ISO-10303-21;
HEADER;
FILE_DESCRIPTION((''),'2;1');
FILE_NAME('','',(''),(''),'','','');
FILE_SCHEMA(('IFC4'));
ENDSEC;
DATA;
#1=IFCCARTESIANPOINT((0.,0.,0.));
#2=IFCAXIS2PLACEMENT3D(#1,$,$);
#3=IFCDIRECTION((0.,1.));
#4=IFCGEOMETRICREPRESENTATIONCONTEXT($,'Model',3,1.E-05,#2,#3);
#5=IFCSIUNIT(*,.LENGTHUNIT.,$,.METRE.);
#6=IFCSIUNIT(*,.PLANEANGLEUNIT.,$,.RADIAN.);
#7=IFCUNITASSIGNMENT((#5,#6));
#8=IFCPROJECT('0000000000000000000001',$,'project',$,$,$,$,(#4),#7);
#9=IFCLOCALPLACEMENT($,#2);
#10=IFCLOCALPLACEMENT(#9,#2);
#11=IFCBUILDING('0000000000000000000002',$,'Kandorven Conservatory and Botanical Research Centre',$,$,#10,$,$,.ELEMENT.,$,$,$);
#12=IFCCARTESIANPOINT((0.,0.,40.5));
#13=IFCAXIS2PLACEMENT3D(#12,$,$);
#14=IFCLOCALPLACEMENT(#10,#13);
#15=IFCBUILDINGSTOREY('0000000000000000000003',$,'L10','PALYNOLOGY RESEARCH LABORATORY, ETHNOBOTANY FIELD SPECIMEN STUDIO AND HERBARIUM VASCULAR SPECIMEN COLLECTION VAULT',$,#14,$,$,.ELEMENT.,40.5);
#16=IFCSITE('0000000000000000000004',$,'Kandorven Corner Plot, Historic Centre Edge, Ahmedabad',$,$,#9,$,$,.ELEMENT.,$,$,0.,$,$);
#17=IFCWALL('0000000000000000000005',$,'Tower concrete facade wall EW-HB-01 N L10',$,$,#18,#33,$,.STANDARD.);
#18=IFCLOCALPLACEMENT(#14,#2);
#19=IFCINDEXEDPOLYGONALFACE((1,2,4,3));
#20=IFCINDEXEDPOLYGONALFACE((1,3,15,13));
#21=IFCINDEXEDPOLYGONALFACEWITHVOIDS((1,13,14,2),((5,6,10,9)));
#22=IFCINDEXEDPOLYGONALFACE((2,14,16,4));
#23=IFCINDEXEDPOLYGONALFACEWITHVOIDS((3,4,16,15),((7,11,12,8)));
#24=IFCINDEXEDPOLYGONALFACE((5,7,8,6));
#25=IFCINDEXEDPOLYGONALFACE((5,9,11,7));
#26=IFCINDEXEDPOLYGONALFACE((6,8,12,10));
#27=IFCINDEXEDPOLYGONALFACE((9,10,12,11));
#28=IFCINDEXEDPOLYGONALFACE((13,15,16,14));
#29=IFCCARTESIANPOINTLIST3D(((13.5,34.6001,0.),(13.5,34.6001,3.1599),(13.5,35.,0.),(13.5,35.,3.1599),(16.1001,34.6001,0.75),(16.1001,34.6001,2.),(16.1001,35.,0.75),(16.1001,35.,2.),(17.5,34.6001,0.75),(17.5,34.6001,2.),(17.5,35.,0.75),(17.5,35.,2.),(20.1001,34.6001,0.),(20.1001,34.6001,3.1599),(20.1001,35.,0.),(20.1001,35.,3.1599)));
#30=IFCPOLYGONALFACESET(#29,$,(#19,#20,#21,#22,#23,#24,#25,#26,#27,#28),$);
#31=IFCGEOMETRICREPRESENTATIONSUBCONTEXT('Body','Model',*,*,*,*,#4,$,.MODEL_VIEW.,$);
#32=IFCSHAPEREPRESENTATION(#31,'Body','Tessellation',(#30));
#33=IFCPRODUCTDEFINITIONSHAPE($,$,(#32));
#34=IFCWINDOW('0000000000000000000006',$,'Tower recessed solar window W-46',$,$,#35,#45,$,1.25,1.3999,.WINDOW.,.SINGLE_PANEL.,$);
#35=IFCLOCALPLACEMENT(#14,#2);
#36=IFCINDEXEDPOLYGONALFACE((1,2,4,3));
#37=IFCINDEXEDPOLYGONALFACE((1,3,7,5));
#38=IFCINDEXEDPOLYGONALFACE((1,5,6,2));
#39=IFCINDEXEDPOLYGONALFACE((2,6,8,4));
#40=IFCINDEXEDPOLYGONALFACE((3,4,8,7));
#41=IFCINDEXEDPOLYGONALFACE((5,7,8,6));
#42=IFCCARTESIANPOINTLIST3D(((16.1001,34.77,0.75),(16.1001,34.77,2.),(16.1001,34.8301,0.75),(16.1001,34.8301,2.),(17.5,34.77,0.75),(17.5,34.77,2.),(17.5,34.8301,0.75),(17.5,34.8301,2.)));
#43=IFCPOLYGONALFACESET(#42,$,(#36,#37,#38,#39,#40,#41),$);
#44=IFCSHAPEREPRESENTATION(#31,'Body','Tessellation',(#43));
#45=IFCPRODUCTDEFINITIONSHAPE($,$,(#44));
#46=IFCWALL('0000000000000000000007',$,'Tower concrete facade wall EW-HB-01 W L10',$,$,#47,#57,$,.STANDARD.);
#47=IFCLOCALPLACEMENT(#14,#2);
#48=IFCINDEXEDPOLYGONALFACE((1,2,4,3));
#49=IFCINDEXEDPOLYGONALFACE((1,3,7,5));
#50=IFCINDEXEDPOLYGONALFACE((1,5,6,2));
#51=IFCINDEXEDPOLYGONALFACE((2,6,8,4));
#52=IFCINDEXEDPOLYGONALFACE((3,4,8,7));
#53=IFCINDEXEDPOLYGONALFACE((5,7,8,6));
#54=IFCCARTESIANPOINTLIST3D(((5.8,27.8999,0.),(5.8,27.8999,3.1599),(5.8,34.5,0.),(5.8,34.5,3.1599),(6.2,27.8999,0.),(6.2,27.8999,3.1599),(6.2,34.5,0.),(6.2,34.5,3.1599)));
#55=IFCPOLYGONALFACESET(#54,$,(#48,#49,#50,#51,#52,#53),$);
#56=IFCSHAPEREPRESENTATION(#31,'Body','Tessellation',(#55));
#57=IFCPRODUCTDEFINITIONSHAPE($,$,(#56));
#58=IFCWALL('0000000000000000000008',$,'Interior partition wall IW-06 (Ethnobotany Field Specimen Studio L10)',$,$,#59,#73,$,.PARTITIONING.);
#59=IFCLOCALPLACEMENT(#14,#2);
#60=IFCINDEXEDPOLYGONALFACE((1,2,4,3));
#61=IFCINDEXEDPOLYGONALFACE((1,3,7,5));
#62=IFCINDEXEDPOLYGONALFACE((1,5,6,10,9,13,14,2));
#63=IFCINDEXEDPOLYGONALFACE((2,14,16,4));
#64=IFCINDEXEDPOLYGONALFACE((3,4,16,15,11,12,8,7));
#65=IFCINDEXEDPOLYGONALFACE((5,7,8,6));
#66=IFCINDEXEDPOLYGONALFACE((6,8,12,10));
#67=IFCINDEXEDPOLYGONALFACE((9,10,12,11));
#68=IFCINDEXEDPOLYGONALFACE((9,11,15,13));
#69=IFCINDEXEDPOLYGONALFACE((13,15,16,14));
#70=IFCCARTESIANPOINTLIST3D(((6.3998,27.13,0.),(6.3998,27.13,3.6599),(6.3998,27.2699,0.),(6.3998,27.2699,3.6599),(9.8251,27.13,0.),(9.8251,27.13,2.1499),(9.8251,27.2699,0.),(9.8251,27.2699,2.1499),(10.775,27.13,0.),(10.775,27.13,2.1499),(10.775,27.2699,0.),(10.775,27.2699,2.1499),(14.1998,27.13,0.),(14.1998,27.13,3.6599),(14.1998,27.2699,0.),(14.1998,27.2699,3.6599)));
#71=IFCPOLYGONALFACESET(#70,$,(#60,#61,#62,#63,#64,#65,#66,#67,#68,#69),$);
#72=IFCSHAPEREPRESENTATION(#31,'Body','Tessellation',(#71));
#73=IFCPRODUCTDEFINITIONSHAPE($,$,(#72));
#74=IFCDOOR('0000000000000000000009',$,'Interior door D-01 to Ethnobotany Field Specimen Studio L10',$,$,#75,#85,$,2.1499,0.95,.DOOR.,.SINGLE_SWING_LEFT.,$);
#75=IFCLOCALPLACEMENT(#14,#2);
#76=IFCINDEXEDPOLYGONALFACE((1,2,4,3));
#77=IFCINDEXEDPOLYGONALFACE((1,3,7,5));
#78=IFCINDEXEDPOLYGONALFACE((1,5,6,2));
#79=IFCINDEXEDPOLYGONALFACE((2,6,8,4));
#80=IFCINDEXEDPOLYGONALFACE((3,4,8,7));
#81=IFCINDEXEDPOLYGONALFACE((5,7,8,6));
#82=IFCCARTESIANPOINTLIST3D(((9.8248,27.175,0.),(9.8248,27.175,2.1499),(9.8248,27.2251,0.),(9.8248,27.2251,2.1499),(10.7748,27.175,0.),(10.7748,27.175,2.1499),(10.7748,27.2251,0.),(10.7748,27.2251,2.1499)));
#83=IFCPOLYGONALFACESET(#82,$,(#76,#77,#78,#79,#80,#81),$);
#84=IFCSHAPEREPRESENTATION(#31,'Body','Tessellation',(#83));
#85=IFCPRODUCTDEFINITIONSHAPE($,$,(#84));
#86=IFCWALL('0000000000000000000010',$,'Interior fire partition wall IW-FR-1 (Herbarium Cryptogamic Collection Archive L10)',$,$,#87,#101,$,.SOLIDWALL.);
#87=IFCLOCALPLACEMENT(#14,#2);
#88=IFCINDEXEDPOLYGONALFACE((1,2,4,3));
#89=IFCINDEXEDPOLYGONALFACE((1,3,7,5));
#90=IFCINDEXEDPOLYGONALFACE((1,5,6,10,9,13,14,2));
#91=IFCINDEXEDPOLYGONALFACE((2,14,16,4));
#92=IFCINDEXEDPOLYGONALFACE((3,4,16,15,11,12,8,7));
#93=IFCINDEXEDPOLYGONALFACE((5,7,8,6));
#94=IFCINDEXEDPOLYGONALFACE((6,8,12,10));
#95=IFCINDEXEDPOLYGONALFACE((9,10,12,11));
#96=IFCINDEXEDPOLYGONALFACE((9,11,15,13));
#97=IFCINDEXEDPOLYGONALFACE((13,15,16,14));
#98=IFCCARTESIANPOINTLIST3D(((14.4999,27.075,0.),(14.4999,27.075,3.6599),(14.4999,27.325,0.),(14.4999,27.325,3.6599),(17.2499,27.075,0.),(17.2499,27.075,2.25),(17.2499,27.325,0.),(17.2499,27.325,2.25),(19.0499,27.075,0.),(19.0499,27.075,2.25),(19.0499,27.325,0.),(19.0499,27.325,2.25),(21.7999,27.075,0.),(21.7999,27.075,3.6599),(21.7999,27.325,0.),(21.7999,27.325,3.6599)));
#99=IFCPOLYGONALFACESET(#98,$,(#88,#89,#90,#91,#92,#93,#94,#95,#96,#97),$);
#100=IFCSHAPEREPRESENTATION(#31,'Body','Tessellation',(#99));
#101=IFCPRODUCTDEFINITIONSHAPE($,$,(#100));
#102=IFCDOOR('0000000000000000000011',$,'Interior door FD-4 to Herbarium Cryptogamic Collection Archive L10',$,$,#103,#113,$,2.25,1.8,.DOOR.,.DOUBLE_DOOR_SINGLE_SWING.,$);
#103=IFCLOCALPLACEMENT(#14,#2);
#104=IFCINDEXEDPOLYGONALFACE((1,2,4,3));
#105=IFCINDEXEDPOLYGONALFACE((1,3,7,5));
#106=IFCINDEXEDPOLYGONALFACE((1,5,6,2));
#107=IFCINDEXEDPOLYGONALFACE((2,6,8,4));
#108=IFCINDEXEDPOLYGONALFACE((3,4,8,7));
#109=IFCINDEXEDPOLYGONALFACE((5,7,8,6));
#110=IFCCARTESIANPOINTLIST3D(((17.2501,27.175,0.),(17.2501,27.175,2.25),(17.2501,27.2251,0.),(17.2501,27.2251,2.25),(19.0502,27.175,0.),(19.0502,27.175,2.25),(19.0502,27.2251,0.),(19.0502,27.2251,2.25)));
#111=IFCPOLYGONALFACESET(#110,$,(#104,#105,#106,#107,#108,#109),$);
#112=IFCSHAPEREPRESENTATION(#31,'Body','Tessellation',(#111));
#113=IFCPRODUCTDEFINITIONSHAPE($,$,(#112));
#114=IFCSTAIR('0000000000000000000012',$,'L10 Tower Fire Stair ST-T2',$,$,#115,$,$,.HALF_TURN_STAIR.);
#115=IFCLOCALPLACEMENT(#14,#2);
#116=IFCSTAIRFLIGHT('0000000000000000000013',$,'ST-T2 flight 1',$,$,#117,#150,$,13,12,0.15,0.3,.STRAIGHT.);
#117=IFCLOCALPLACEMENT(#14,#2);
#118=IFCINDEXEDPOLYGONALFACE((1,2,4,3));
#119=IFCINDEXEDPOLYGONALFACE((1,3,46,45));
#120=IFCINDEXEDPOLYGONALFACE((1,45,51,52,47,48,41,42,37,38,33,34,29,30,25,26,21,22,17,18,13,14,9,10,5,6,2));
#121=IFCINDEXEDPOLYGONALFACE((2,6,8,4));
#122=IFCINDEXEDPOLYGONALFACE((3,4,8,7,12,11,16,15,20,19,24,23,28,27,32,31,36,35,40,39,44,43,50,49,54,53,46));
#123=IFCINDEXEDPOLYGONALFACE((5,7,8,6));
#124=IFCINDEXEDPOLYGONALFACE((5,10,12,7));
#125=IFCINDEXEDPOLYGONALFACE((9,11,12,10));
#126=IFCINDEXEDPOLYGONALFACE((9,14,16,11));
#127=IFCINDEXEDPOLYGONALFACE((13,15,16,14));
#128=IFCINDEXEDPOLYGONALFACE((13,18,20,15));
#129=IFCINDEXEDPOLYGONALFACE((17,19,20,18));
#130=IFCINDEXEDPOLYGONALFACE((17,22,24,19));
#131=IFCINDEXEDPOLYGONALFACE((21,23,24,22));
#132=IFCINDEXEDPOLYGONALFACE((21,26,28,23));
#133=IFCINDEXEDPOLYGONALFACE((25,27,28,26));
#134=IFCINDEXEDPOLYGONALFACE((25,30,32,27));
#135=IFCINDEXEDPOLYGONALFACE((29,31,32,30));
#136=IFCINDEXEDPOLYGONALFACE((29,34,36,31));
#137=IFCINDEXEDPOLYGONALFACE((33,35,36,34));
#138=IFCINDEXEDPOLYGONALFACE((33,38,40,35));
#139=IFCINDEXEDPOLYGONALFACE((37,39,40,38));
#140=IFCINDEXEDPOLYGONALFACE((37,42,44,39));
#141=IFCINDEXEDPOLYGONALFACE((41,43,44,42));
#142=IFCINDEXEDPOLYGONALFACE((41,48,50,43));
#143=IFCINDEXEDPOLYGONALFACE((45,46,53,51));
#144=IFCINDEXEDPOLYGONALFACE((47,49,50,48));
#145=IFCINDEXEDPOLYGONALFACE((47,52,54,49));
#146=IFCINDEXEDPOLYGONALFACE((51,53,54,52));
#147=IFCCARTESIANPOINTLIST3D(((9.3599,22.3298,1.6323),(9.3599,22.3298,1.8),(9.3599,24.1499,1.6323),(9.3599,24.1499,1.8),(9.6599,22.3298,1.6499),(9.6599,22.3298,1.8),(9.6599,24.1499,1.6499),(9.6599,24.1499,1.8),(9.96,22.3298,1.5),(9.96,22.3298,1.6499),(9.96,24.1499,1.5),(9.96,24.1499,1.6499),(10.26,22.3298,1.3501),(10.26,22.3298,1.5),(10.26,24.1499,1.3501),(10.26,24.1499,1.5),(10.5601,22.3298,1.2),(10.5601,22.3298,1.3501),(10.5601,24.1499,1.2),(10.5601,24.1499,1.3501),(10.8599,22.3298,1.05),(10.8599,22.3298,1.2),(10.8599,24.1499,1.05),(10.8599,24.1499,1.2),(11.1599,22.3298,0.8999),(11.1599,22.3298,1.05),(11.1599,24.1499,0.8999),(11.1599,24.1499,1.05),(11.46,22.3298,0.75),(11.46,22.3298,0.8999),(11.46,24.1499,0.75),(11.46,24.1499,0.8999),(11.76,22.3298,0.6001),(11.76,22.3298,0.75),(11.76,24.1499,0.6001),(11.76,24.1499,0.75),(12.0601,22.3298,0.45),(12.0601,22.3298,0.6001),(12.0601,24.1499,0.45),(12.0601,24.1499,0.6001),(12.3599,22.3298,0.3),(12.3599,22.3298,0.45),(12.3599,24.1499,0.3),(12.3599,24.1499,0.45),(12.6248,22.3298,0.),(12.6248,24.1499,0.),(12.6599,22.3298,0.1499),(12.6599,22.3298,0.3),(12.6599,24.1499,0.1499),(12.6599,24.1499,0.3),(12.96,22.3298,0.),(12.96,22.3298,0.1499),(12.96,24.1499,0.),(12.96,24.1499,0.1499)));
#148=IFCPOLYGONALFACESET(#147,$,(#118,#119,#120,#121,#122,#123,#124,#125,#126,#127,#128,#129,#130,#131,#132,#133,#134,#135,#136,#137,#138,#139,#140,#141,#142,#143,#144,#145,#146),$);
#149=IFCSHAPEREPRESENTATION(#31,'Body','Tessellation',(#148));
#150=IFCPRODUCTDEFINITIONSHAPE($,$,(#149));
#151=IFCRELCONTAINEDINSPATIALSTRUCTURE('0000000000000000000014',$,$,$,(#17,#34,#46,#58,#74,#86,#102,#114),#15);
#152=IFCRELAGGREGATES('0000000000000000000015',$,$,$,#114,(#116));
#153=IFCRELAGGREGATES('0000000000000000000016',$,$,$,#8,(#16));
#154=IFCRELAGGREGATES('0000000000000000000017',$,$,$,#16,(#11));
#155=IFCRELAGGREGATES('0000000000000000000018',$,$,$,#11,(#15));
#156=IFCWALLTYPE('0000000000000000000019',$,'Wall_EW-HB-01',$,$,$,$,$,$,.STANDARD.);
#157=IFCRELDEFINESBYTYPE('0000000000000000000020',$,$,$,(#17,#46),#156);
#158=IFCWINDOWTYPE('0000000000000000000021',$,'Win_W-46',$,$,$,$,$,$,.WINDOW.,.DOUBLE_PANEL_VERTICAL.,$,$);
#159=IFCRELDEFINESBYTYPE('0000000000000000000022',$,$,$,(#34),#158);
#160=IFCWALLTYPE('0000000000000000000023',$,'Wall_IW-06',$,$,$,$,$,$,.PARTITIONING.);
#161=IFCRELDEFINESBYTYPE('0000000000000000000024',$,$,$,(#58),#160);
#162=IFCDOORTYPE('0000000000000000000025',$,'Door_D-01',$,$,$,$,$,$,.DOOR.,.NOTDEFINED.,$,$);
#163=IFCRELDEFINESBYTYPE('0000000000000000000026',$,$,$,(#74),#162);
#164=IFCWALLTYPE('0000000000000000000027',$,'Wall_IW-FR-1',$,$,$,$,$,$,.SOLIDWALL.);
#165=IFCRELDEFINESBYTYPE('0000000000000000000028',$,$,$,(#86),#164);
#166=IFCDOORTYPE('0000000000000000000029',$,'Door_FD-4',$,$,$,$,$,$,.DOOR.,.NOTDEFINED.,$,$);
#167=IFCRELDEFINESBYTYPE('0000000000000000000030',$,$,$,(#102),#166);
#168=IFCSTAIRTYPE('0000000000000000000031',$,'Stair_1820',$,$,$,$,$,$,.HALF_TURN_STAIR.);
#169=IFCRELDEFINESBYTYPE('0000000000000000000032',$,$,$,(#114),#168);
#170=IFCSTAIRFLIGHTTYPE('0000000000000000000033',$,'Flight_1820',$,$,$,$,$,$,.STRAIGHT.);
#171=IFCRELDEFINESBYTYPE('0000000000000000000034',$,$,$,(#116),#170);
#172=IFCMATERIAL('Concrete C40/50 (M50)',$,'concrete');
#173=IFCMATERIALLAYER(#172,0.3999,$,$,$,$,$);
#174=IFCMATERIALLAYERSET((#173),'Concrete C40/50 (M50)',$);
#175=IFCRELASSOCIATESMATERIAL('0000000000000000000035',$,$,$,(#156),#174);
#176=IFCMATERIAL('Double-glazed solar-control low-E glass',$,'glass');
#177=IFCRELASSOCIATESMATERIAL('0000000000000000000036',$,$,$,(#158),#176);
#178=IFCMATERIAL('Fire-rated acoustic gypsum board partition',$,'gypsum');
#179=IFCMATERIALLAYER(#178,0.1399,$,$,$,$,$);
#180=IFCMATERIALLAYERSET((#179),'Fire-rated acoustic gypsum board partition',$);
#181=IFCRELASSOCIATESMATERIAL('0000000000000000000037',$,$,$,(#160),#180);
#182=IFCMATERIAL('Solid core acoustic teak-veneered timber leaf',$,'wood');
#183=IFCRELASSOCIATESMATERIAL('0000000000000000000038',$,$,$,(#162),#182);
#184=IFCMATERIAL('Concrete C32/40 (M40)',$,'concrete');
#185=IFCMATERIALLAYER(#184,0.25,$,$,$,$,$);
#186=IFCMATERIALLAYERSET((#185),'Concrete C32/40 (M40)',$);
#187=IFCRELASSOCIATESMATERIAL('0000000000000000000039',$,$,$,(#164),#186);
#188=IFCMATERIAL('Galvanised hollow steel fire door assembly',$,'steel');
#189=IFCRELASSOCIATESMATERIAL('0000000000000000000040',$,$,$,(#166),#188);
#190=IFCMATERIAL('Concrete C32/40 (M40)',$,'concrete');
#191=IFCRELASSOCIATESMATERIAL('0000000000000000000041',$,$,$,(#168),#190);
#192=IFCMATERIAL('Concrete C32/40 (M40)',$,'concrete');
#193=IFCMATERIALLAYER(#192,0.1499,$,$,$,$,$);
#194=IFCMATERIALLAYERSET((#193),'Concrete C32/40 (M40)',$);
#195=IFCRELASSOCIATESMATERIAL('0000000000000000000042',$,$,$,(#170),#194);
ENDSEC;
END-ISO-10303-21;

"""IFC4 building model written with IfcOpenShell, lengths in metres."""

from ifc_helpers import new_model, si_unit, direction, frame, frame_2d, origin, place, context, subcontext, project, spatial, polyline, rectangle, outline, extrude, material, layer, layer_set, type_object, element, fill, aggregate, save


model = new_model("IFC4")

# Units and contexts
model_context = context("Model", 3, precision=1e-05, world=origin(), true_north=direction((0.0, 1.0)))
body_context = subcontext(model_context, "Body", "Model", "MODEL_VIEW")
ifc_project = project(units=[si_unit("LENGTHUNIT", "METRE"), si_unit("PLANEANGLEUNIT", "RADIAN")], contexts=[model_context])

# Site, building, storey
site_placement = place(None, origin())
site = spatial("IfcSite", under=ifc_project, at=site_placement, Name="Kandorven Corner Plot, Historic Centre Edge, Ahmedabad", CompositionType="ELEMENT", RefElevation=0.0)
building_placement = place(site_placement, origin())
building = spatial("IfcBuilding", under=site, at=building_placement, Name="Kandorven Conservatory and Botanical Research Centre", CompositionType="ELEMENT")
storey_placement = place(building_placement, frame((0.0, 0.0, 40.5)))
storey = spatial("IfcBuildingStorey", under=building, at=storey_placement, Name="L10", Description="PALYNOLOGY RESEARCH LABORATORY, ETHNOBOTANY FIELD SPECIMEN STUDIO AND HERBARIUM VASCULAR SPECIMEN COLLECTION VAULT", CompositionType="ELEMENT", Elevation=40.5)

# Wall, opening, window
ifc_material_1 = material(Name="Concrete C40/50 (M50)", Category="concrete")
ifc_layer_1 = layer(ifc_material_1, 0.3999)
ifc_layer_set_1 = layer_set([ifc_layer_1], Name="Concrete C40/50 (M50)")
wall_type_1 = type_object("IfcWallType", Name="Wall_EW-HB-01", PredefinedType="STANDARD", material=ifc_layer_set_1)
wall_1_placement = place(storey_placement, frame((13.5, 34.8, 0.0), z_axis=(0.0, 0.0, 1.0), x_axis=(1.0, 0.0, 0.0)))
wall_1 = element("IfcWall", 1, at=wall_1_placement, inside=storey, type_object=wall_type_1, Name="Tower concrete facade wall EW-HB-01 N L10", PredefinedType="STANDARD", context=body_context, shape_type="SweptSolid", body=[
    extrude(rectangle(XDim=6.6001, YDim=0.3999, at=frame_2d((3.3, 0.0))), origin(), (0.0, 0.0, 1.0), 3.1599),
])
opening_1_placement = place(wall_1_placement, frame((2.6001, 0.0, 0.75)))
opening_1 = element("IfcOpeningElement", 2, at=opening_1_placement, cuts=wall_1, PredefinedType="OPENING", context=body_context, shape_type="SweptSolid", body=[
    extrude(rectangle(XDim=1.3999, YDim=1.25, at=frame_2d((0.7, 0.625))), frame((0.0, 0.21, 0.0), z_axis=(0.0, -1.0, 0.0), x_axis=(1.0, 0.0, 0.0)), (0.0, 0.0, 1.0), 0.4199),
])
ifc_material_2 = material(Name="Double-glazed solar-control low-E glass", Category="glass")
window_type_1 = type_object("IfcWindowType", Name="Win_W-46", PartitioningType="DOUBLE_PANEL_VERTICAL", PredefinedType="WINDOW", material=ifc_material_2)
window_1_placement = place(opening_1_placement, origin())
window_1 = element("IfcWindow", 3, at=window_1_placement, inside=storey, type_object=window_type_1, Name="Tower recessed solar window W-46", OverallHeight=1.25, OverallWidth=1.3999, PartitioningType="SINGLE_PANEL", PredefinedType="WINDOW", context=body_context, shape_type="SweptSolid", body=[
    extrude(rectangle(XDim=1.3999, YDim=1.25, at=frame_2d((0.7, 0.625))), frame((0.0, 0.03, 0.0), z_axis=(0.0, -1.0, 0.0), x_axis=(1.0, 0.0, 0.0)), (0.0, 0.0, 1.0), 0.0601),
])
fill(opening_1, window_1)

# Wall
wall_2_placement = place(storey_placement, frame((6.0, 27.8999, 0.0), z_axis=(0.0, 0.0, 1.0), x_axis=(0.0, 1.0, 0.0)))
element("IfcWall", 4, at=wall_2_placement, inside=storey, type_object=wall_type_1, Name="Tower concrete facade wall EW-HB-01 W L10", PredefinedType="STANDARD", context=body_context, shape_type="SweptSolid", body=[
    extrude(rectangle(XDim=6.6001, YDim=0.3999, at=frame_2d((3.3, 0.0))), origin(), (0.0, 0.0, 1.0), 3.1599),
])

# Walls, openings, doors
ifc_material_3 = material(Name="Fire-rated acoustic gypsum board partition", Category="gypsum")
ifc_layer_2 = layer(ifc_material_3, 0.1399)
ifc_layer_set_2 = layer_set([ifc_layer_2], Name="Fire-rated acoustic gypsum board partition")
wall_type_2 = type_object("IfcWallType", Name="Wall_IW-06", PredefinedType="PARTITIONING", material=ifc_layer_set_2)
wall_3_placement = place(storey_placement, frame((6.3999, 27.2, 0.0), z_axis=(0.0, 0.0, 1.0), x_axis=(1.0, 0.0, 0.0)))
wall_3 = element("IfcWall", 5, at=wall_3_placement, inside=storey, type_object=wall_type_2, Name="Interior partition wall IW-06 (Ethnobotany Field Specimen Studio L10)", PredefinedType="PARTITIONING", context=body_context, shape_type="SweptSolid", body=[
    extrude(rectangle(XDim=7.8, YDim=0.1399, at=frame_2d((3.8999, 0.0))), origin(), (0.0, 0.0, 1.0), 3.6599),
])
opening_2_placement = place(wall_3_placement, frame((3.425, 0.0, 0.0)))
opening_2 = element("IfcOpeningElement", 6, at=opening_2_placement, cuts=wall_3, PredefinedType="OPENING", context=body_context, shape_type="SweptSolid", body=[
    extrude(rectangle(XDim=0.95, YDim=2.1499, at=frame_2d((0.4751, 1.075))), frame((0.0, 0.0798, 0.0), z_axis=(0.0, -1.0, 0.0), x_axis=(1.0, 0.0, 0.0)), (0.0, 0.0, 1.0), 0.1599),
])
ifc_material_4 = material(Name="Solid core acoustic teak-veneered timber leaf", Category="wood")
door_type_1 = type_object("IfcDoorType", Name="Door_D-01", OperationType="NOTDEFINED", PredefinedType="DOOR", material=ifc_material_4)
door_1_placement = place(opening_2_placement, frame((0.95, 0.0, 0.0), z_axis=(0.0, 0.0, 1.0), x_axis=(-1.0, 0.0, 0.0)))
door_1 = element("IfcDoor", 7, at=door_1_placement, inside=storey, type_object=door_type_1, Name="Interior door D-01 to Ethnobotany Field Specimen Studio L10", OperationType="SINGLE_SWING_LEFT", OverallHeight=2.1499, OverallWidth=0.95, PredefinedType="DOOR", context=body_context, shape_type="SweptSolid", body=[
    extrude(rectangle(XDim=0.95, YDim=2.1499, at=frame_2d((0.4751, 1.075))), frame((0.0, 0.0249, 0.0), z_axis=(0.0, -1.0, 0.0), x_axis=(1.0, 0.0, 0.0)), (0.0, 0.0, 1.0), 0.05),
])
fill(opening_2, door_1)
ifc_material_5 = material(Name="Concrete C32/40 (M40)", Category="concrete")
ifc_layer_3 = layer(ifc_material_5, 0.25)
ifc_layer_set_3 = layer_set([ifc_layer_3], Name="Concrete C32/40 (M40)")
wall_type_3 = type_object("IfcWallType", Name="Wall_IW-FR-1", PredefinedType="SOLIDWALL", material=ifc_layer_set_3)
wall_4_placement = place(storey_placement, frame((14.5, 27.2, 0.0), z_axis=(0.0, 0.0, 1.0), x_axis=(1.0, 0.0, 0.0)))
wall_4 = element("IfcWall", 8, at=wall_4_placement, inside=storey, type_object=wall_type_3, Name="Interior fire partition wall IW-FR-1 (Herbarium Cryptogamic Collection Archive L10)", PredefinedType="SOLIDWALL", context=body_context, shape_type="SweptSolid", body=[
    extrude(rectangle(XDim=7.3, YDim=0.25, at=frame_2d((3.6499, 0.0))), origin(), (0.0, 0.0, 1.0), 3.6599),
])
opening_3_placement = place(wall_4_placement, frame((2.75, 0.0, 0.0)))
opening_3 = element("IfcOpeningElement", 9, at=opening_3_placement, cuts=wall_4, PredefinedType="OPENING", context=body_context, shape_type="SweptSolid", body=[
    extrude(rectangle(XDim=1.8, YDim=2.25, at=frame_2d((0.8999, 1.125))), frame((0.0, 0.135, 0.0), z_axis=(0.0, -1.0, 0.0), x_axis=(1.0, 0.0, 0.0)), (0.0, 0.0, 1.0), 0.27),
])
ifc_material_6 = material(Name="Galvanised hollow steel fire door assembly", Category="steel")
door_type_2 = type_object("IfcDoorType", Name="Door_FD-4", OperationType="NOTDEFINED", PredefinedType="DOOR", material=ifc_material_6)
door_2_placement = place(opening_3_placement, frame((1.8, 0.0, 0.0), z_axis=(0.0, 0.0, 1.0), x_axis=(-1.0, 0.0, 0.0)))
door_2 = element("IfcDoor", 10, at=door_2_placement, inside=storey, type_object=door_type_2, Name="Interior door FD-4 to Herbarium Cryptogamic Collection Archive L10", OperationType="DOUBLE_DOOR_SINGLE_SWING", OverallHeight=2.25, OverallWidth=1.8, PredefinedType="DOOR", context=body_context, shape_type="SweptSolid", body=[
    extrude(rectangle(XDim=1.8, YDim=2.25, at=frame_2d((0.8999, 1.125))), frame((0.0, 0.0249, 0.0), z_axis=(0.0, -1.0, 0.0), x_axis=(1.0, 0.0, 0.0)), (0.0, 0.0, 1.0), 0.05),
])
fill(opening_3, door_2)

# Stair, stair flight
ifc_material_7 = material(Name="Concrete C32/40 (M40)", Category="concrete")
stair_type = type_object("IfcStairType", Name="Stair_1820", PredefinedType="HALF_TURN_STAIR", material=ifc_material_7)
stair_placement = place(storey_placement, origin())
stair = element("IfcStair", 11, at=stair_placement, inside=storey, type_object=stair_type, Name="L10 Tower Fire Stair ST-T2", PredefinedType="HALF_TURN_STAIR")
ifc_material_8 = material(Name="Concrete C32/40 (M40)", Category="concrete")
ifc_layer_4 = layer(ifc_material_8, 0.1499)
ifc_layer_set_4 = layer_set([ifc_layer_4], Name="Concrete C32/40 (M40)")
stair_flight_type = type_object("IfcStairFlightType", Name="Flight_1820", PredefinedType="STRAIGHT", material=ifc_layer_set_4)
stair_flight_placement = place(storey_placement, frame((12.96, 23.24, 0.0), z_axis=(0.0, 0.0, 1.0), x_axis=(-1.0, 0.0, 0.0)))
stair_flight = element("IfcStairFlight", 12, at=stair_flight_placement, type_object=stair_flight_type, Name="ST-T2 flight 1", NumberOfRisers=13, NumberOfTreads=12, PredefinedType="STRAIGHT", RiserHeight=0.15, TreadLength=0.3, context=body_context, shape_type="SweptSolid", body=[
    extrude(outline(polyline([(0.0, 0.0), (0.0, 0.1499), (0.3, 0.1499), (0.3, 0.3), (0.6001, 0.3), (0.6001, 0.45), (0.8999, 0.45), (0.8999, 0.6001), (1.2, 0.6001), (1.2, 0.75), (1.5, 0.75), (1.5, 0.8999), (1.8, 0.8999), (1.8, 1.05), (2.1001, 1.05), (2.1001, 1.2), (2.3999, 1.2), (2.3999, 1.3501), (2.7, 1.3501), (2.7, 1.5), (3.0, 1.5), (3.0, 1.6499), (3.3, 1.6499), (3.3, 1.8), (3.6001, 1.8), (3.6001, 1.95), (3.6001, 1.6323), (0.3352, 0.0), (0.0, 0.0)])), frame((0.0, 0.9102, 0.0), z_axis=(0.0, -1.0, 0.0), x_axis=(1.0, 0.0, 0.0)), (0.0, 0.0, 1.0), 1.8201),
])
aggregate(stair, [stair_flight])

save(model, "model.ifc")
